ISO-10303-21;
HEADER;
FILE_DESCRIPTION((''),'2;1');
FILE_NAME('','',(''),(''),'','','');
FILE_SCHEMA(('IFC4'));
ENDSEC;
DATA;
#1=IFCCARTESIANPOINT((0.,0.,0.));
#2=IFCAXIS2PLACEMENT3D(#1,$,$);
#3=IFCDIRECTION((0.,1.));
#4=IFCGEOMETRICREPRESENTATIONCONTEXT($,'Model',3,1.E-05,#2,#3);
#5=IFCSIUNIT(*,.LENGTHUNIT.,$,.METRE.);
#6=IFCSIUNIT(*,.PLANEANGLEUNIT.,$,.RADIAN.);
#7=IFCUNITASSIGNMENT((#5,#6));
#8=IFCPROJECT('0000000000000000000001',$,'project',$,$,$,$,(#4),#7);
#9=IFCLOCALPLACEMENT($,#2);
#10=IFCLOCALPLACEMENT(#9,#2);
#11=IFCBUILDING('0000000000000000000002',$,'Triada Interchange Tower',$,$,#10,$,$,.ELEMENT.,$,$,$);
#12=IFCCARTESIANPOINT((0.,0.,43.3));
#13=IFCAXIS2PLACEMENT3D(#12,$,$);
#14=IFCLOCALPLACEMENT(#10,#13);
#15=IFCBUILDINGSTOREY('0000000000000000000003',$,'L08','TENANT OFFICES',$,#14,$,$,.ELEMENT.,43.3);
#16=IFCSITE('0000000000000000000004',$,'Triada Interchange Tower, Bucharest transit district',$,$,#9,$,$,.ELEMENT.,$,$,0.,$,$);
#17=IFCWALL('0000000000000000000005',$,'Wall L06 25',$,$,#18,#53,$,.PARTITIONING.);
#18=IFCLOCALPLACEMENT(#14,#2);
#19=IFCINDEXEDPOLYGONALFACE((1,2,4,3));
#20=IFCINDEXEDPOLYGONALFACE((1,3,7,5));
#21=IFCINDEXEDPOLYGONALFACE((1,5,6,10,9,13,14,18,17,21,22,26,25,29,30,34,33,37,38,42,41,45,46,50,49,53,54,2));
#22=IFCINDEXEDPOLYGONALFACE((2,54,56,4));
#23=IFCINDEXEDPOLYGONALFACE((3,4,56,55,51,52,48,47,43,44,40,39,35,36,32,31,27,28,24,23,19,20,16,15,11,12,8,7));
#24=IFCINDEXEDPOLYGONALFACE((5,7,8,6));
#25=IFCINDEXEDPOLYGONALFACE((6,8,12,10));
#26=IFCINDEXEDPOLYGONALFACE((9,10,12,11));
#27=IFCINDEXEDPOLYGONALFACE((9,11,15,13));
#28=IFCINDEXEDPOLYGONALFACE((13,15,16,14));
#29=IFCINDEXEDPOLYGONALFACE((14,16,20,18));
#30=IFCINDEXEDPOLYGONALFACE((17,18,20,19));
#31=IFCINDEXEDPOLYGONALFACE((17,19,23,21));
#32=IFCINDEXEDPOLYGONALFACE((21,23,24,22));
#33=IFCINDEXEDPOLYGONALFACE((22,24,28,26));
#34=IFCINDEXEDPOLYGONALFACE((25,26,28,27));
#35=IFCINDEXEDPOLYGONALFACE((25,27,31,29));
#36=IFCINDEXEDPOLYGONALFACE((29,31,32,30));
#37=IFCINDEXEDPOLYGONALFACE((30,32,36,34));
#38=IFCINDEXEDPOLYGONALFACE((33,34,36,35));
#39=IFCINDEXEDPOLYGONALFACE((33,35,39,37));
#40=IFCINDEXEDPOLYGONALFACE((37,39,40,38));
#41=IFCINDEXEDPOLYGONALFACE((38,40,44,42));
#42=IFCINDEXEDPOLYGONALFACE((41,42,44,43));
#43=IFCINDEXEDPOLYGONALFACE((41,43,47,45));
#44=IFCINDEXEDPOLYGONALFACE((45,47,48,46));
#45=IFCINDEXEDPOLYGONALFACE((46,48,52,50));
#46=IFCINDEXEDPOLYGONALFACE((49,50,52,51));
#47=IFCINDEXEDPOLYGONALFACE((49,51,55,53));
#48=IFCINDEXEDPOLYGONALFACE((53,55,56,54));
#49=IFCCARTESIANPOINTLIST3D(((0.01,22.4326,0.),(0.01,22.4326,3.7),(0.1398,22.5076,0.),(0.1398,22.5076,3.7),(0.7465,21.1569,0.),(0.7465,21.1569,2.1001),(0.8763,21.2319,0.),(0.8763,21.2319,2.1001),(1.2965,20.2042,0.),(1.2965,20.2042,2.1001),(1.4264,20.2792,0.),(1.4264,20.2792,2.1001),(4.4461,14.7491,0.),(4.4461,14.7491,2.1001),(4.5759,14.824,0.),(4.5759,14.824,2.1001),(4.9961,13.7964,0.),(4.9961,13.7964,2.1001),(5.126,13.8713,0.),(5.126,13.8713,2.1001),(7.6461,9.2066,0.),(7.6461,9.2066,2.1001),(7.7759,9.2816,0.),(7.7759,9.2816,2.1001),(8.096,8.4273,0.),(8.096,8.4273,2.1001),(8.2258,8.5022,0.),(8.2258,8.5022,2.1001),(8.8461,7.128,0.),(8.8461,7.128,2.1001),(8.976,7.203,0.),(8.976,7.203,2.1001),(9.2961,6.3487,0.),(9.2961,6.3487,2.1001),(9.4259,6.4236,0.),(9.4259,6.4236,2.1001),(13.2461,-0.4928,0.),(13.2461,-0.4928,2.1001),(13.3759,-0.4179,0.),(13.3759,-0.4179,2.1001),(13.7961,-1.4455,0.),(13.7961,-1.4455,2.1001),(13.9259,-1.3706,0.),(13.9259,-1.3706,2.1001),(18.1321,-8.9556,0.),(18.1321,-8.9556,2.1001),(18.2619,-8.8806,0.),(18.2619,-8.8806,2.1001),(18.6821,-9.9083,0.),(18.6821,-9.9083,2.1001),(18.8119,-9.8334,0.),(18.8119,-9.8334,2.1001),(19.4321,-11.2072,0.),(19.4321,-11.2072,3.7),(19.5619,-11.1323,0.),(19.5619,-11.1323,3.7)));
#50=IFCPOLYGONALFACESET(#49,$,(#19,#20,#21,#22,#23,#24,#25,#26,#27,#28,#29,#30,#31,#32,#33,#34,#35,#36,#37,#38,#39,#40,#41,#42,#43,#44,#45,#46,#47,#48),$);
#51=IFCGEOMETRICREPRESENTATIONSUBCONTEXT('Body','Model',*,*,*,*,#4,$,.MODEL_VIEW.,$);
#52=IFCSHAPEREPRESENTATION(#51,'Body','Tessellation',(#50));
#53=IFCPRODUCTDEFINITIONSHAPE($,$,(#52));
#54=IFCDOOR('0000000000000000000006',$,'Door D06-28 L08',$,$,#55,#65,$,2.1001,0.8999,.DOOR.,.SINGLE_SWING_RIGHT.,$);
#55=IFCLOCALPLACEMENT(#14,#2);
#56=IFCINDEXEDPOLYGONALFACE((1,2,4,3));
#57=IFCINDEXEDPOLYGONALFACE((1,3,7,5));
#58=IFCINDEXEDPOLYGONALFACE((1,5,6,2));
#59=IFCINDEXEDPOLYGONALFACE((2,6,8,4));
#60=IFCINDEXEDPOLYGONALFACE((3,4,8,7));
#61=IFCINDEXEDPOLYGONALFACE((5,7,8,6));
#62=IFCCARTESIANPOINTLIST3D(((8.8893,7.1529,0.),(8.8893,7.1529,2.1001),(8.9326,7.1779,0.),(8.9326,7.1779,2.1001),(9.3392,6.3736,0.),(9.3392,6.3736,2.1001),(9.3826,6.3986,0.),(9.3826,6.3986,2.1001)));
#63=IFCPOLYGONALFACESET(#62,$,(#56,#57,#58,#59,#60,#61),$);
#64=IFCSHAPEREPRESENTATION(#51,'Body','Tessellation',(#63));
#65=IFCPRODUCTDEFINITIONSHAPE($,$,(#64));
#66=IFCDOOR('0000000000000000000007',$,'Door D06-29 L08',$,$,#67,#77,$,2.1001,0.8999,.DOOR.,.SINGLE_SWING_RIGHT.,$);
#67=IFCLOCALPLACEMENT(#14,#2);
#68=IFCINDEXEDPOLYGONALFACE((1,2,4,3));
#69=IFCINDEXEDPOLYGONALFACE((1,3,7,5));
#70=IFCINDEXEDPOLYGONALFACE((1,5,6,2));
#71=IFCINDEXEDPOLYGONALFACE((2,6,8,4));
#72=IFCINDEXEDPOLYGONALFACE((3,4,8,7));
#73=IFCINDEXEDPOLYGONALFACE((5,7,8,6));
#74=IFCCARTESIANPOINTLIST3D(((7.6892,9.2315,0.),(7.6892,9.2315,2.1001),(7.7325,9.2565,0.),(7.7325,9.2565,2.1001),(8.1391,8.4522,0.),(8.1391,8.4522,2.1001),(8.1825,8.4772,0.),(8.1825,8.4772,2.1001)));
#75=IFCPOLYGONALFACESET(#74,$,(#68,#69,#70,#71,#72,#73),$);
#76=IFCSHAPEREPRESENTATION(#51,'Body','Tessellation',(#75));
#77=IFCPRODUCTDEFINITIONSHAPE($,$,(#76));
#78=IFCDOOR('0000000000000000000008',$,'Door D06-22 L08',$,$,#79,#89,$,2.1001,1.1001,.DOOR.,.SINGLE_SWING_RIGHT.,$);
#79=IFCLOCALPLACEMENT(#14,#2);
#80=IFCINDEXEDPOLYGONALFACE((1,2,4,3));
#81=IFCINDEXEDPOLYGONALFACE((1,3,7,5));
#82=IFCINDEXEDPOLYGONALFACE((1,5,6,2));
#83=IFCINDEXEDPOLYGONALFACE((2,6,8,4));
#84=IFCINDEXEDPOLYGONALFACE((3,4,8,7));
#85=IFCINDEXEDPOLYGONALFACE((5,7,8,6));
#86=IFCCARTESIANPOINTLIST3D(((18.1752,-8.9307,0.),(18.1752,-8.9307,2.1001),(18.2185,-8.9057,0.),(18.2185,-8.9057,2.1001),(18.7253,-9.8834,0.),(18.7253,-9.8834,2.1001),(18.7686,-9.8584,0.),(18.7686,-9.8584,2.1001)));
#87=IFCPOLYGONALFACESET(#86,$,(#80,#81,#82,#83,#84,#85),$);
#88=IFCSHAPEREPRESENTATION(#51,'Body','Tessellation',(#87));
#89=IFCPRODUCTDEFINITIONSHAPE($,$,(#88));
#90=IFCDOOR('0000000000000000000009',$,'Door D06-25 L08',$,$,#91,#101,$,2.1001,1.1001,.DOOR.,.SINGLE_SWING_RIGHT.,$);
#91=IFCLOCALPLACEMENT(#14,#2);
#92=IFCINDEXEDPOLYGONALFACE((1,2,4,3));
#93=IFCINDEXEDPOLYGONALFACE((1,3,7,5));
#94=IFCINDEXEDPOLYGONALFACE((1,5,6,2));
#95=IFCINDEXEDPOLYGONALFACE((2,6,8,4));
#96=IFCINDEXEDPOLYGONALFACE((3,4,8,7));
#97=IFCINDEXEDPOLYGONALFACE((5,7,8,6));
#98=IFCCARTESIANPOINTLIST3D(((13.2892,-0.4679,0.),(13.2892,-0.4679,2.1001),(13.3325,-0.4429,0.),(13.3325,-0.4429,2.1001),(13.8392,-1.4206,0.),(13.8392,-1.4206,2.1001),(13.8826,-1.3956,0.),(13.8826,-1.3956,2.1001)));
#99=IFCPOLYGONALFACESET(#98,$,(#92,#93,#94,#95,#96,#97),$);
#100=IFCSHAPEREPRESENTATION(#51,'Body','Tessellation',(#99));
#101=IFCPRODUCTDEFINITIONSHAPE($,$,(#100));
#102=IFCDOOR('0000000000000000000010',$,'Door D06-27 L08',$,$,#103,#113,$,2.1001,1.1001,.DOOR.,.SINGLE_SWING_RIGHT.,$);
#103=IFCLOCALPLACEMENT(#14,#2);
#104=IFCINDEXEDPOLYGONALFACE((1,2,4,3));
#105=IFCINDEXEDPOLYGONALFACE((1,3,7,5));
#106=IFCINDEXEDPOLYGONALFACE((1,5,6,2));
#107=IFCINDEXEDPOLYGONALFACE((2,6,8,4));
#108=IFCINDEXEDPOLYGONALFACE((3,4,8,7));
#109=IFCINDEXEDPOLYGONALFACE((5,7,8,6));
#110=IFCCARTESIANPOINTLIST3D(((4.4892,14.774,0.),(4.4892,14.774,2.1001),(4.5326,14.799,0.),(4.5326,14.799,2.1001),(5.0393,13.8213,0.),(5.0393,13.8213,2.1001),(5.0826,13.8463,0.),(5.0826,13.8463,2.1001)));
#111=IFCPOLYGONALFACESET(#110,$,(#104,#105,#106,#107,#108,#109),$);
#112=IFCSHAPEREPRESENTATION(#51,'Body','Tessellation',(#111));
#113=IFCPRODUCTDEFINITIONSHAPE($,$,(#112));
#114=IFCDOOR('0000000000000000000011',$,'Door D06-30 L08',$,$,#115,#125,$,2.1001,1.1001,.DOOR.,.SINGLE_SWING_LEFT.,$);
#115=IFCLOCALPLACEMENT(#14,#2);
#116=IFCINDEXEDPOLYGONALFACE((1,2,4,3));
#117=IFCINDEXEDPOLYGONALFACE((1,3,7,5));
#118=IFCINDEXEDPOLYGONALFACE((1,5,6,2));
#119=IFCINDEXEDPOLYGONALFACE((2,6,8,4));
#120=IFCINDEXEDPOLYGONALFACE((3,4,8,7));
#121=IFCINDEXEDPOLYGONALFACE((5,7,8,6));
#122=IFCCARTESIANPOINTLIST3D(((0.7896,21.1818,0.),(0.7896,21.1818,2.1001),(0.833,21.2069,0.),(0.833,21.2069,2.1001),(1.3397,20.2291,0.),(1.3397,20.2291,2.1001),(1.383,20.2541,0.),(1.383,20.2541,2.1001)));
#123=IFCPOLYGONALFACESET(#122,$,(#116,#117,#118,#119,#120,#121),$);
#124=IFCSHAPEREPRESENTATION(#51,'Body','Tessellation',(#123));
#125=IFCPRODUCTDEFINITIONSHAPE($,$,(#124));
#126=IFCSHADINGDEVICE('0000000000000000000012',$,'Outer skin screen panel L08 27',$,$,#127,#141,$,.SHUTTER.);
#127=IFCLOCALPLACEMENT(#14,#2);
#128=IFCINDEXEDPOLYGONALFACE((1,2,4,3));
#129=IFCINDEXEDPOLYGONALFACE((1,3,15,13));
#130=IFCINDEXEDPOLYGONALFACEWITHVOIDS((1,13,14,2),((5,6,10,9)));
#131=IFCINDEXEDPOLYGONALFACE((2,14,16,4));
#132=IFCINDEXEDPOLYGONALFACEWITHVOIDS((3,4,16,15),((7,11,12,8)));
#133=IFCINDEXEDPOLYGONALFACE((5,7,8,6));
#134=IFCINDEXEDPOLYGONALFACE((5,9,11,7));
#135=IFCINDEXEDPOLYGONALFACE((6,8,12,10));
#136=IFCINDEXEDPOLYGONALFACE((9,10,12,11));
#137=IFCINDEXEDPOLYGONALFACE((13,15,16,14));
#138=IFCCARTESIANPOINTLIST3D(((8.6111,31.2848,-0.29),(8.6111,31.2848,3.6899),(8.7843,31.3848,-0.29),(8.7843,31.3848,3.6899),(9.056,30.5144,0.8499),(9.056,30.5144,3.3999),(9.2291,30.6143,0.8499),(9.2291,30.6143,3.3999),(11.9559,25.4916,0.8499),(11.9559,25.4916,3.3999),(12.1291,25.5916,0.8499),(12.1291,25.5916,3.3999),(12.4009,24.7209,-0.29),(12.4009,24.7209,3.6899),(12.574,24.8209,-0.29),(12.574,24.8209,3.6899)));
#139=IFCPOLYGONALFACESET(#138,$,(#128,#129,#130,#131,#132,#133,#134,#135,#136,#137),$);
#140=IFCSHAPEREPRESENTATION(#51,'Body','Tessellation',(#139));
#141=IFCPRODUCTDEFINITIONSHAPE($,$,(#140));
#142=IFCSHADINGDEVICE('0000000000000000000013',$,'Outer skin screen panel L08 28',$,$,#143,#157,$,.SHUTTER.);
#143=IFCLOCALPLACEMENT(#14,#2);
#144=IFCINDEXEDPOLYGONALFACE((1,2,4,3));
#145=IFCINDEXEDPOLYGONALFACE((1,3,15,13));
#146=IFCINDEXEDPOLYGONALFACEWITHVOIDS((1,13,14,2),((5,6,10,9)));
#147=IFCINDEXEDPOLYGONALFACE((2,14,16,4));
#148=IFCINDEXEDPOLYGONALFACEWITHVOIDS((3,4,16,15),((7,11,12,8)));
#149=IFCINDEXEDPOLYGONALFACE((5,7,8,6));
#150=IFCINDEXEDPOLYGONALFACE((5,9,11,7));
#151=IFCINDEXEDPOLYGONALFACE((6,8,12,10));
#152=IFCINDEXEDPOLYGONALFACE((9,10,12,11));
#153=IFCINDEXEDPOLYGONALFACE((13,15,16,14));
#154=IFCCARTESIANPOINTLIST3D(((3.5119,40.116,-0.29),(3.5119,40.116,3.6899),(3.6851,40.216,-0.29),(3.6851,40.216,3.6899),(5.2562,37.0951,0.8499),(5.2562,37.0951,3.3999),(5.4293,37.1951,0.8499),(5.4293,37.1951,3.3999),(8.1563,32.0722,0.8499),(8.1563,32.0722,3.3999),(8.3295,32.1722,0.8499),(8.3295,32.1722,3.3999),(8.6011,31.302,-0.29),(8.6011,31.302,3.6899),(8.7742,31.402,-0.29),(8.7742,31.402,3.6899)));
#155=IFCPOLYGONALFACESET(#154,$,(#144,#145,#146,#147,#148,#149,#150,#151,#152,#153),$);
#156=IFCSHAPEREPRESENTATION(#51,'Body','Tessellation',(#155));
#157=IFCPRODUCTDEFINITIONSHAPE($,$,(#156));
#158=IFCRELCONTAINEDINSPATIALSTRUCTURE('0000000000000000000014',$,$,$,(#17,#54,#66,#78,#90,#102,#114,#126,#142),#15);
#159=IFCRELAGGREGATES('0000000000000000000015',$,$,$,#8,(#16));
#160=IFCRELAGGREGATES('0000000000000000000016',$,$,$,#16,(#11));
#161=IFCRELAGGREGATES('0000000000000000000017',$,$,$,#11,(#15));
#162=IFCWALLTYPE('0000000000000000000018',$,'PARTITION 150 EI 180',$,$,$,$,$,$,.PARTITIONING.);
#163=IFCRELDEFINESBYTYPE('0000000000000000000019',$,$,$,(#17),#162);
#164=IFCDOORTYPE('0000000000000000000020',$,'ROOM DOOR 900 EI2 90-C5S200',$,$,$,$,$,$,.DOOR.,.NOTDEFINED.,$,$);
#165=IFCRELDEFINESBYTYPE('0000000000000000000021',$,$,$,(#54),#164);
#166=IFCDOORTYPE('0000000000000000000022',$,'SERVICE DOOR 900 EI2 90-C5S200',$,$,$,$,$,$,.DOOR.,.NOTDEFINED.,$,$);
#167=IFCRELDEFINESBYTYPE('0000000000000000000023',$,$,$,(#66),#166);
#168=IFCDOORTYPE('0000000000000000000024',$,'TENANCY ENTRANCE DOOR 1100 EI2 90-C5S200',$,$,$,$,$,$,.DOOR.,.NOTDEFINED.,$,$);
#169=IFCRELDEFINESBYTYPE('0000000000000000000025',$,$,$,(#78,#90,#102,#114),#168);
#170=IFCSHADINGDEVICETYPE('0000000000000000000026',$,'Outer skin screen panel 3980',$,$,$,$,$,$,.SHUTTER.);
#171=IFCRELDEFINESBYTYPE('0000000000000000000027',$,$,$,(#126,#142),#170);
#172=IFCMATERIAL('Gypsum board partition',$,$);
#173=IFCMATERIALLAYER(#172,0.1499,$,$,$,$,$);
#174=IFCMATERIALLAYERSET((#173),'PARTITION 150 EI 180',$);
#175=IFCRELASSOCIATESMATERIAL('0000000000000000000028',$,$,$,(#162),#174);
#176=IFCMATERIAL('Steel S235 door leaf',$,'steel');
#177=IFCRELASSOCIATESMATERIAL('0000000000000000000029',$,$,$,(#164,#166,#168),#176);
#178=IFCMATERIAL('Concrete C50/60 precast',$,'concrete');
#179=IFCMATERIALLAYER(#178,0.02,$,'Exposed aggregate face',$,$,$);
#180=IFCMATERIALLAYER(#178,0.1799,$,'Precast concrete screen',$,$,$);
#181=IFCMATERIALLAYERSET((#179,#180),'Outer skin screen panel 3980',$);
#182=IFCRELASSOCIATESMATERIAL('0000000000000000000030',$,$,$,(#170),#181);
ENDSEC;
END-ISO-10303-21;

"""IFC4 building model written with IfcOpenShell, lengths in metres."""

from ifc_helpers import new_model, si_unit, direction, frame, frame_2d, origin, place, context, subcontext, project, spatial, polyline, rectangle, outline, extrude, material, layer, layer_set, type_object, element, fill, save


model = new_model("IFC4")

# Units and contexts
model_context = context("Model", 3, precision=1e-05, world=origin(), true_north=direction((0.0, 1.0)))
body_context = subcontext(model_context, "Body", "Model", "MODEL_VIEW")
ifc_project = project(units=[si_unit("LENGTHUNIT", "METRE"), si_unit("PLANEANGLEUNIT", "RADIAN")], contexts=[model_context])

# Site, building, storey
site_placement = place(None, origin())
site = spatial("IfcSite", under=ifc_project, at=site_placement, Name="Triada Interchange Tower, Bucharest transit district", CompositionType="ELEMENT", RefElevation=0.0)
building_placement = place(site_placement, origin())
building = spatial("IfcBuilding", under=site, at=building_placement, Name="Triada Interchange Tower", CompositionType="ELEMENT")
storey_placement = place(building_placement, frame((0.0, 0.0, 43.3)))
storey = spatial("IfcBuildingStorey", under=building, at=storey_placement, Name="L08", Description="TENANT OFFICES", CompositionType="ELEMENT", Elevation=43.3)

# Shared definitions
ifc_material_1 = material(Name="Gypsum board partition")
ifc_layer_1 = layer(ifc_material_1, 0.1499)
ifc_layer_set_1 = layer_set([ifc_layer_1], Name="PARTITION 150 EI 180")
wall_type_1 = type_object("IfcWallType", Name="PARTITION 150 EI 180", PredefinedType="PARTITIONING", material=ifc_layer_set_1)

# Wall, openings, doors
wall_1_placement = place(storey_placement, frame((0.075, 22.47, 0.0), z_axis=(0.0, 0.0, 1.0), x_axis=(0.500002, -0.866024, 0.0)))
wall_1 = element("IfcWall", 1, at=wall_1_placement, inside=storey, type_object=wall_type_1, Name="Wall L06 25", PredefinedType="PARTITIONING", context=body_context, shape_type="SweptSolid", body=[
    extrude(rectangle(XDim=38.844, YDim=0.1499, at=frame_2d((19.4219, 0.0))), origin(), (0.0, 0.0, 1.0), 3.7),
])
opening_1_placement = place(wall_1_placement, frame((36.2439, 0.0, 0.0)))
opening_1 = element("IfcOpeningElement", 2, at=opening_1_placement, cuts=wall_1, PredefinedType="OPENING", context=body_context, shape_type="SweptSolid", body=[
    extrude(rectangle(XDim=1.1001, YDim=2.1001, at=frame_2d((0.55, 1.05))), frame((0.0, 0.085, 0.0), z_axis=(0.0, -1.0, 0.0), x_axis=(1.0, 0.0, 0.0)), (0.0, 0.0, 1.0), 0.1699),
])
opening_2_placement = place(wall_1_placement, frame((26.4719, 0.0, 0.0)))
opening_2 = element("IfcOpeningElement", 3, at=opening_2_placement, cuts=wall_1, PredefinedType="OPENING", context=body_context, shape_type="SweptSolid", body=[
    extrude(rectangle(XDim=1.1001, YDim=2.1001, at=frame_2d((0.55, 1.05))), frame((0.0, 0.085, 0.0), z_axis=(0.0, -1.0, 0.0), x_axis=(1.0, 0.0, 0.0)), (0.0, 0.0, 1.0), 0.1699),
])
opening_3_placement = place(wall_1_placement, frame((8.8721, 0.0, 0.0)))
opening_3 = element("IfcOpeningElement", 4, at=opening_3_placement, cuts=wall_1, PredefinedType="OPENING", context=body_context, shape_type="SweptSolid", body=[
    extrude(rectangle(XDim=1.1001, YDim=2.1001, at=frame_2d((0.55, 1.05))), frame((0.0, 0.085, 0.0), z_axis=(0.0, -1.0, 0.0), x_axis=(1.0, 0.0, 0.0)), (0.0, 0.0, 1.0), 0.1699),
])
opening_4_placement = place(wall_1_placement, frame((17.6721, 0.0, 0.0)))
opening_4 = element("IfcOpeningElement", 5, at=opening_4_placement, cuts=wall_1, PredefinedType="OPENING", context=body_context, shape_type="SweptSolid", body=[
    extrude(rectangle(XDim=0.8999, YDim=2.1001, at=frame_2d((0.45, 1.05))), frame((0.0, 0.085, 0.0), z_axis=(0.0, -1.0, 0.0), x_axis=(1.0, 0.0, 0.0)), (0.0, 0.0, 1.0), 0.1699),
])
opening_5_placement = place(wall_1_placement, frame((15.272, 0.0, 0.0)))
opening_5 = element("IfcOpeningElement", 6, at=opening_5_placement, cuts=wall_1, PredefinedType="OPENING", context=body_context, shape_type="SweptSolid", body=[
    extrude(rectangle(XDim=0.8999, YDim=2.1001, at=frame_2d((0.45, 1.05))), frame((0.0, 0.085, 0.0), z_axis=(0.0, -1.0, 0.0), x_axis=(1.0, 0.0, 0.0)), (0.0, 0.0, 1.0), 0.1699),
])
opening_6_placement = place(wall_1_placement, frame((1.4729, 0.0, 0.0)))
opening_6 = element("IfcOpeningElement", 7, at=opening_6_placement, cuts=wall_1, PredefinedType="OPENING", context=body_context, shape_type="SweptSolid", body=[
    extrude(rectangle(XDim=1.1001, YDim=2.1001, at=frame_2d((0.55, 1.05))), frame((0.0, 0.085, 0.0), z_axis=(0.0, -1.0, 0.0), x_axis=(1.0, 0.0, 0.0)), (0.0, 0.0, 1.0), 0.1699),
])
ifc_material_2 = material(Name="Steel S235 door leaf", Category="steel")
door_type_1 = type_object("IfcDoorType", Name="ROOM DOOR 900 EI2 90-C5S200", OperationType="NOTDEFINED", PredefinedType="DOOR", material=ifc_material_2)
door_1_placement = place(opening_4_placement, origin())
door_1 = element("IfcDoor", 8, at=door_1_placement, inside=storey, type_object=door_type_1, Name="Door D06-28 L08", OperationType="SINGLE_SWING_RIGHT", OverallHeight=2.1001, OverallWidth=0.8999, PredefinedType="DOOR", context=body_context, shape_type="SweptSolid", body=[
    extrude(rectangle(XDim=0.8999, YDim=2.1001, at=frame_2d((0.45, 1.05))), frame((0.0, 0.0249, 0.0), z_axis=(0.0, -1.0, 0.0), x_axis=(1.0, 0.0, 0.0)), (0.0, 0.0, 1.0), 0.05),
])
fill(opening_4, door_1)
door_type_2 = type_object("IfcDoorType", Name="SERVICE DOOR 900 EI2 90-C5S200", OperationType="NOTDEFINED", PredefinedType="DOOR", material=ifc_material_2)
door_2_placement = place(opening_5_placement, origin())
door_2 = element("IfcDoor", 9, at=door_2_placement, inside=storey, type_object=door_type_2, Name="Door D06-29 L08", OperationType="SINGLE_SWING_RIGHT", OverallHeight=2.1001, OverallWidth=0.8999, PredefinedType="DOOR", context=body_context, shape_type="SweptSolid", body=[
    extrude(rectangle(XDim=0.8999, YDim=2.1001, at=frame_2d((0.45, 1.05))), frame((0.0, 0.0249, 0.0), z_axis=(0.0, -1.0, 0.0), x_axis=(1.0, 0.0, 0.0)), (0.0, 0.0, 1.0), 0.05),
])
fill(opening_5, door_2)
door_type_3 = type_object("IfcDoorType", Name="TENANCY ENTRANCE DOOR 1100 EI2 90-C5S200", OperationType="NOTDEFINED", PredefinedType="DOOR", material=ifc_material_2)
door_3_placement = place(opening_1_placement, origin())
door_3 = element("IfcDoor", 10, at=door_3_placement, inside=storey, type_object=door_type_3, Name="Door D06-22 L08", OperationType="SINGLE_SWING_RIGHT", OverallHeight=2.1001, OverallWidth=1.1001, PredefinedType="DOOR", context=body_context, shape_type="SweptSolid", body=[
    extrude(rectangle(XDim=1.1001, YDim=2.1001, at=frame_2d((0.55, 1.05))), frame((0.0, 0.0249, 0.0), z_axis=(0.0, -1.0, 0.0), x_axis=(1.0, 0.0, 0.0)), (0.0, 0.0, 1.0), 0.05),
])
fill(opening_1, door_3)
door_4_placement = place(opening_2_placement, origin())
door_4 = element("IfcDoor", 11, at=door_4_placement, inside=storey, type_object=door_type_3, Name="Door D06-25 L08", OperationType="SINGLE_SWING_RIGHT", OverallHeight=2.1001, OverallWidth=1.1001, PredefinedType="DOOR", context=body_context, shape_type="SweptSolid", body=[
    extrude(rectangle(XDim=1.1001, YDim=2.1001, at=frame_2d((0.55, 1.05))), frame((0.0, 0.0249, 0.0), z_axis=(0.0, -1.0, 0.0), x_axis=(1.0, 0.0, 0.0)), (0.0, 0.0, 1.0), 0.05),
])
fill(opening_2, door_4)
door_5_placement = place(opening_3_placement, origin())
door_5 = element("IfcDoor", 12, at=door_5_placement, inside=storey, type_object=door_type_3, Name="Door D06-27 L08", OperationType="SINGLE_SWING_RIGHT", OverallHeight=2.1001, OverallWidth=1.1001, PredefinedType="DOOR", context=body_context, shape_type="SweptSolid", body=[
    extrude(rectangle(XDim=1.1001, YDim=2.1001, at=frame_2d((0.55, 1.05))), frame((0.0, 0.0249, 0.0), z_axis=(0.0, -1.0, 0.0), x_axis=(1.0, 0.0, 0.0)), (0.0, 0.0, 1.0), 0.05),
])
fill(opening_3, door_5)
door_6_placement = place(opening_6_placement, origin())
door_6 = element("IfcDoor", 13, at=door_6_placement, inside=storey, type_object=door_type_3, Name="Door D06-30 L08", OperationType="SINGLE_SWING_LEFT", OverallHeight=2.1001, OverallWidth=1.1001, PredefinedType="DOOR", context=body_context, shape_type="SweptSolid", body=[
    extrude(rectangle(XDim=1.1001, YDim=2.1001, at=frame_2d((0.55, 1.05))), frame((0.0, 0.0249, 0.0), z_axis=(0.0, -1.0, 0.0), x_axis=(1.0, 0.0, 0.0)), (0.0, 0.0, 1.0), 0.05),
])
fill(opening_6, door_6)

# Shading devices
ifc_material_3 = material(Name="Concrete C50/60 precast", Category="concrete")
ifc_layer_2 = layer(ifc_material_3, 0.02, Name="Exposed aggregate face")
ifc_layer_3 = layer(ifc_material_3, 0.1799, Name="Precast concrete screen")
ifc_layer_set_2 = layer_set([ifc_layer_2, ifc_layer_3], Name="Outer skin screen panel 3980")
shading_device_type = type_object("IfcShadingDeviceType", Name="Outer skin screen panel 3980", PredefinedType="SHUTTER", material=ifc_layer_set_2)
shading_device_1_placement = place(storey_placement, frame((12.4009, 24.7209, -0.29), z_axis=(0.0, 0.0, 1.0), x_axis=(-0.500009, 0.86602, 0.0)))
element("IfcShadingDevice", 14, at=shading_device_1_placement, inside=storey, type_object=shading_device_type, Name="Outer skin screen panel L08 27", PredefinedType="SHUTTER", context=body_context, shape_type="SweptSolid", body=[
    extrude(outline(polyline([(0.0, 0.0), (7.5793, 0.0), (7.5793, 3.98), (0.0, 3.98), (0.0, 0.0)]), holes=[polyline([(0.8899, 1.1399), (0.8899, 3.6899), (6.6897, 3.6899), (6.6897, 1.1399), (0.8899, 1.1399)])]), frame((0.0, 0.0, 0.0), z_axis=(0.0, -1.0, 0.0), x_axis=(1.0, 0.0, 0.0)), (0.0, 0.0, 1.0), 0.2),
])
shading_device_2_placement = place(storey_placement, frame((8.6011, 31.302, -0.29), z_axis=(0.0, 0.0, 1.0), x_axis=(-0.500027, 0.86601, 0.0)))
element("IfcShadingDevice", 15, at=shading_device_2_placement, inside=storey, type_object=shading_device_type, Name="Outer skin screen panel L08 28", PredefinedType="SHUTTER", context=body_context, shape_type="SweptSolid", body=[
    extrude(outline(polyline([(0.0, 0.0), (10.1777, 0.0), (10.1777, 3.98), (0.0, 3.98), (0.0, 0.0)]), holes=[polyline([(0.8894, 1.1399), (0.8894, 3.6899), (6.6895, 3.6899), (6.6895, 1.1399), (0.8894, 1.1399)])]), frame((0.0, 0.0, 0.0), z_axis=(0.0, -1.0, 0.0), x_axis=(1.0, 0.0, 0.0)), (0.0, 0.0, 1.0), 0.2),
])

save(model, "model.ifc")
